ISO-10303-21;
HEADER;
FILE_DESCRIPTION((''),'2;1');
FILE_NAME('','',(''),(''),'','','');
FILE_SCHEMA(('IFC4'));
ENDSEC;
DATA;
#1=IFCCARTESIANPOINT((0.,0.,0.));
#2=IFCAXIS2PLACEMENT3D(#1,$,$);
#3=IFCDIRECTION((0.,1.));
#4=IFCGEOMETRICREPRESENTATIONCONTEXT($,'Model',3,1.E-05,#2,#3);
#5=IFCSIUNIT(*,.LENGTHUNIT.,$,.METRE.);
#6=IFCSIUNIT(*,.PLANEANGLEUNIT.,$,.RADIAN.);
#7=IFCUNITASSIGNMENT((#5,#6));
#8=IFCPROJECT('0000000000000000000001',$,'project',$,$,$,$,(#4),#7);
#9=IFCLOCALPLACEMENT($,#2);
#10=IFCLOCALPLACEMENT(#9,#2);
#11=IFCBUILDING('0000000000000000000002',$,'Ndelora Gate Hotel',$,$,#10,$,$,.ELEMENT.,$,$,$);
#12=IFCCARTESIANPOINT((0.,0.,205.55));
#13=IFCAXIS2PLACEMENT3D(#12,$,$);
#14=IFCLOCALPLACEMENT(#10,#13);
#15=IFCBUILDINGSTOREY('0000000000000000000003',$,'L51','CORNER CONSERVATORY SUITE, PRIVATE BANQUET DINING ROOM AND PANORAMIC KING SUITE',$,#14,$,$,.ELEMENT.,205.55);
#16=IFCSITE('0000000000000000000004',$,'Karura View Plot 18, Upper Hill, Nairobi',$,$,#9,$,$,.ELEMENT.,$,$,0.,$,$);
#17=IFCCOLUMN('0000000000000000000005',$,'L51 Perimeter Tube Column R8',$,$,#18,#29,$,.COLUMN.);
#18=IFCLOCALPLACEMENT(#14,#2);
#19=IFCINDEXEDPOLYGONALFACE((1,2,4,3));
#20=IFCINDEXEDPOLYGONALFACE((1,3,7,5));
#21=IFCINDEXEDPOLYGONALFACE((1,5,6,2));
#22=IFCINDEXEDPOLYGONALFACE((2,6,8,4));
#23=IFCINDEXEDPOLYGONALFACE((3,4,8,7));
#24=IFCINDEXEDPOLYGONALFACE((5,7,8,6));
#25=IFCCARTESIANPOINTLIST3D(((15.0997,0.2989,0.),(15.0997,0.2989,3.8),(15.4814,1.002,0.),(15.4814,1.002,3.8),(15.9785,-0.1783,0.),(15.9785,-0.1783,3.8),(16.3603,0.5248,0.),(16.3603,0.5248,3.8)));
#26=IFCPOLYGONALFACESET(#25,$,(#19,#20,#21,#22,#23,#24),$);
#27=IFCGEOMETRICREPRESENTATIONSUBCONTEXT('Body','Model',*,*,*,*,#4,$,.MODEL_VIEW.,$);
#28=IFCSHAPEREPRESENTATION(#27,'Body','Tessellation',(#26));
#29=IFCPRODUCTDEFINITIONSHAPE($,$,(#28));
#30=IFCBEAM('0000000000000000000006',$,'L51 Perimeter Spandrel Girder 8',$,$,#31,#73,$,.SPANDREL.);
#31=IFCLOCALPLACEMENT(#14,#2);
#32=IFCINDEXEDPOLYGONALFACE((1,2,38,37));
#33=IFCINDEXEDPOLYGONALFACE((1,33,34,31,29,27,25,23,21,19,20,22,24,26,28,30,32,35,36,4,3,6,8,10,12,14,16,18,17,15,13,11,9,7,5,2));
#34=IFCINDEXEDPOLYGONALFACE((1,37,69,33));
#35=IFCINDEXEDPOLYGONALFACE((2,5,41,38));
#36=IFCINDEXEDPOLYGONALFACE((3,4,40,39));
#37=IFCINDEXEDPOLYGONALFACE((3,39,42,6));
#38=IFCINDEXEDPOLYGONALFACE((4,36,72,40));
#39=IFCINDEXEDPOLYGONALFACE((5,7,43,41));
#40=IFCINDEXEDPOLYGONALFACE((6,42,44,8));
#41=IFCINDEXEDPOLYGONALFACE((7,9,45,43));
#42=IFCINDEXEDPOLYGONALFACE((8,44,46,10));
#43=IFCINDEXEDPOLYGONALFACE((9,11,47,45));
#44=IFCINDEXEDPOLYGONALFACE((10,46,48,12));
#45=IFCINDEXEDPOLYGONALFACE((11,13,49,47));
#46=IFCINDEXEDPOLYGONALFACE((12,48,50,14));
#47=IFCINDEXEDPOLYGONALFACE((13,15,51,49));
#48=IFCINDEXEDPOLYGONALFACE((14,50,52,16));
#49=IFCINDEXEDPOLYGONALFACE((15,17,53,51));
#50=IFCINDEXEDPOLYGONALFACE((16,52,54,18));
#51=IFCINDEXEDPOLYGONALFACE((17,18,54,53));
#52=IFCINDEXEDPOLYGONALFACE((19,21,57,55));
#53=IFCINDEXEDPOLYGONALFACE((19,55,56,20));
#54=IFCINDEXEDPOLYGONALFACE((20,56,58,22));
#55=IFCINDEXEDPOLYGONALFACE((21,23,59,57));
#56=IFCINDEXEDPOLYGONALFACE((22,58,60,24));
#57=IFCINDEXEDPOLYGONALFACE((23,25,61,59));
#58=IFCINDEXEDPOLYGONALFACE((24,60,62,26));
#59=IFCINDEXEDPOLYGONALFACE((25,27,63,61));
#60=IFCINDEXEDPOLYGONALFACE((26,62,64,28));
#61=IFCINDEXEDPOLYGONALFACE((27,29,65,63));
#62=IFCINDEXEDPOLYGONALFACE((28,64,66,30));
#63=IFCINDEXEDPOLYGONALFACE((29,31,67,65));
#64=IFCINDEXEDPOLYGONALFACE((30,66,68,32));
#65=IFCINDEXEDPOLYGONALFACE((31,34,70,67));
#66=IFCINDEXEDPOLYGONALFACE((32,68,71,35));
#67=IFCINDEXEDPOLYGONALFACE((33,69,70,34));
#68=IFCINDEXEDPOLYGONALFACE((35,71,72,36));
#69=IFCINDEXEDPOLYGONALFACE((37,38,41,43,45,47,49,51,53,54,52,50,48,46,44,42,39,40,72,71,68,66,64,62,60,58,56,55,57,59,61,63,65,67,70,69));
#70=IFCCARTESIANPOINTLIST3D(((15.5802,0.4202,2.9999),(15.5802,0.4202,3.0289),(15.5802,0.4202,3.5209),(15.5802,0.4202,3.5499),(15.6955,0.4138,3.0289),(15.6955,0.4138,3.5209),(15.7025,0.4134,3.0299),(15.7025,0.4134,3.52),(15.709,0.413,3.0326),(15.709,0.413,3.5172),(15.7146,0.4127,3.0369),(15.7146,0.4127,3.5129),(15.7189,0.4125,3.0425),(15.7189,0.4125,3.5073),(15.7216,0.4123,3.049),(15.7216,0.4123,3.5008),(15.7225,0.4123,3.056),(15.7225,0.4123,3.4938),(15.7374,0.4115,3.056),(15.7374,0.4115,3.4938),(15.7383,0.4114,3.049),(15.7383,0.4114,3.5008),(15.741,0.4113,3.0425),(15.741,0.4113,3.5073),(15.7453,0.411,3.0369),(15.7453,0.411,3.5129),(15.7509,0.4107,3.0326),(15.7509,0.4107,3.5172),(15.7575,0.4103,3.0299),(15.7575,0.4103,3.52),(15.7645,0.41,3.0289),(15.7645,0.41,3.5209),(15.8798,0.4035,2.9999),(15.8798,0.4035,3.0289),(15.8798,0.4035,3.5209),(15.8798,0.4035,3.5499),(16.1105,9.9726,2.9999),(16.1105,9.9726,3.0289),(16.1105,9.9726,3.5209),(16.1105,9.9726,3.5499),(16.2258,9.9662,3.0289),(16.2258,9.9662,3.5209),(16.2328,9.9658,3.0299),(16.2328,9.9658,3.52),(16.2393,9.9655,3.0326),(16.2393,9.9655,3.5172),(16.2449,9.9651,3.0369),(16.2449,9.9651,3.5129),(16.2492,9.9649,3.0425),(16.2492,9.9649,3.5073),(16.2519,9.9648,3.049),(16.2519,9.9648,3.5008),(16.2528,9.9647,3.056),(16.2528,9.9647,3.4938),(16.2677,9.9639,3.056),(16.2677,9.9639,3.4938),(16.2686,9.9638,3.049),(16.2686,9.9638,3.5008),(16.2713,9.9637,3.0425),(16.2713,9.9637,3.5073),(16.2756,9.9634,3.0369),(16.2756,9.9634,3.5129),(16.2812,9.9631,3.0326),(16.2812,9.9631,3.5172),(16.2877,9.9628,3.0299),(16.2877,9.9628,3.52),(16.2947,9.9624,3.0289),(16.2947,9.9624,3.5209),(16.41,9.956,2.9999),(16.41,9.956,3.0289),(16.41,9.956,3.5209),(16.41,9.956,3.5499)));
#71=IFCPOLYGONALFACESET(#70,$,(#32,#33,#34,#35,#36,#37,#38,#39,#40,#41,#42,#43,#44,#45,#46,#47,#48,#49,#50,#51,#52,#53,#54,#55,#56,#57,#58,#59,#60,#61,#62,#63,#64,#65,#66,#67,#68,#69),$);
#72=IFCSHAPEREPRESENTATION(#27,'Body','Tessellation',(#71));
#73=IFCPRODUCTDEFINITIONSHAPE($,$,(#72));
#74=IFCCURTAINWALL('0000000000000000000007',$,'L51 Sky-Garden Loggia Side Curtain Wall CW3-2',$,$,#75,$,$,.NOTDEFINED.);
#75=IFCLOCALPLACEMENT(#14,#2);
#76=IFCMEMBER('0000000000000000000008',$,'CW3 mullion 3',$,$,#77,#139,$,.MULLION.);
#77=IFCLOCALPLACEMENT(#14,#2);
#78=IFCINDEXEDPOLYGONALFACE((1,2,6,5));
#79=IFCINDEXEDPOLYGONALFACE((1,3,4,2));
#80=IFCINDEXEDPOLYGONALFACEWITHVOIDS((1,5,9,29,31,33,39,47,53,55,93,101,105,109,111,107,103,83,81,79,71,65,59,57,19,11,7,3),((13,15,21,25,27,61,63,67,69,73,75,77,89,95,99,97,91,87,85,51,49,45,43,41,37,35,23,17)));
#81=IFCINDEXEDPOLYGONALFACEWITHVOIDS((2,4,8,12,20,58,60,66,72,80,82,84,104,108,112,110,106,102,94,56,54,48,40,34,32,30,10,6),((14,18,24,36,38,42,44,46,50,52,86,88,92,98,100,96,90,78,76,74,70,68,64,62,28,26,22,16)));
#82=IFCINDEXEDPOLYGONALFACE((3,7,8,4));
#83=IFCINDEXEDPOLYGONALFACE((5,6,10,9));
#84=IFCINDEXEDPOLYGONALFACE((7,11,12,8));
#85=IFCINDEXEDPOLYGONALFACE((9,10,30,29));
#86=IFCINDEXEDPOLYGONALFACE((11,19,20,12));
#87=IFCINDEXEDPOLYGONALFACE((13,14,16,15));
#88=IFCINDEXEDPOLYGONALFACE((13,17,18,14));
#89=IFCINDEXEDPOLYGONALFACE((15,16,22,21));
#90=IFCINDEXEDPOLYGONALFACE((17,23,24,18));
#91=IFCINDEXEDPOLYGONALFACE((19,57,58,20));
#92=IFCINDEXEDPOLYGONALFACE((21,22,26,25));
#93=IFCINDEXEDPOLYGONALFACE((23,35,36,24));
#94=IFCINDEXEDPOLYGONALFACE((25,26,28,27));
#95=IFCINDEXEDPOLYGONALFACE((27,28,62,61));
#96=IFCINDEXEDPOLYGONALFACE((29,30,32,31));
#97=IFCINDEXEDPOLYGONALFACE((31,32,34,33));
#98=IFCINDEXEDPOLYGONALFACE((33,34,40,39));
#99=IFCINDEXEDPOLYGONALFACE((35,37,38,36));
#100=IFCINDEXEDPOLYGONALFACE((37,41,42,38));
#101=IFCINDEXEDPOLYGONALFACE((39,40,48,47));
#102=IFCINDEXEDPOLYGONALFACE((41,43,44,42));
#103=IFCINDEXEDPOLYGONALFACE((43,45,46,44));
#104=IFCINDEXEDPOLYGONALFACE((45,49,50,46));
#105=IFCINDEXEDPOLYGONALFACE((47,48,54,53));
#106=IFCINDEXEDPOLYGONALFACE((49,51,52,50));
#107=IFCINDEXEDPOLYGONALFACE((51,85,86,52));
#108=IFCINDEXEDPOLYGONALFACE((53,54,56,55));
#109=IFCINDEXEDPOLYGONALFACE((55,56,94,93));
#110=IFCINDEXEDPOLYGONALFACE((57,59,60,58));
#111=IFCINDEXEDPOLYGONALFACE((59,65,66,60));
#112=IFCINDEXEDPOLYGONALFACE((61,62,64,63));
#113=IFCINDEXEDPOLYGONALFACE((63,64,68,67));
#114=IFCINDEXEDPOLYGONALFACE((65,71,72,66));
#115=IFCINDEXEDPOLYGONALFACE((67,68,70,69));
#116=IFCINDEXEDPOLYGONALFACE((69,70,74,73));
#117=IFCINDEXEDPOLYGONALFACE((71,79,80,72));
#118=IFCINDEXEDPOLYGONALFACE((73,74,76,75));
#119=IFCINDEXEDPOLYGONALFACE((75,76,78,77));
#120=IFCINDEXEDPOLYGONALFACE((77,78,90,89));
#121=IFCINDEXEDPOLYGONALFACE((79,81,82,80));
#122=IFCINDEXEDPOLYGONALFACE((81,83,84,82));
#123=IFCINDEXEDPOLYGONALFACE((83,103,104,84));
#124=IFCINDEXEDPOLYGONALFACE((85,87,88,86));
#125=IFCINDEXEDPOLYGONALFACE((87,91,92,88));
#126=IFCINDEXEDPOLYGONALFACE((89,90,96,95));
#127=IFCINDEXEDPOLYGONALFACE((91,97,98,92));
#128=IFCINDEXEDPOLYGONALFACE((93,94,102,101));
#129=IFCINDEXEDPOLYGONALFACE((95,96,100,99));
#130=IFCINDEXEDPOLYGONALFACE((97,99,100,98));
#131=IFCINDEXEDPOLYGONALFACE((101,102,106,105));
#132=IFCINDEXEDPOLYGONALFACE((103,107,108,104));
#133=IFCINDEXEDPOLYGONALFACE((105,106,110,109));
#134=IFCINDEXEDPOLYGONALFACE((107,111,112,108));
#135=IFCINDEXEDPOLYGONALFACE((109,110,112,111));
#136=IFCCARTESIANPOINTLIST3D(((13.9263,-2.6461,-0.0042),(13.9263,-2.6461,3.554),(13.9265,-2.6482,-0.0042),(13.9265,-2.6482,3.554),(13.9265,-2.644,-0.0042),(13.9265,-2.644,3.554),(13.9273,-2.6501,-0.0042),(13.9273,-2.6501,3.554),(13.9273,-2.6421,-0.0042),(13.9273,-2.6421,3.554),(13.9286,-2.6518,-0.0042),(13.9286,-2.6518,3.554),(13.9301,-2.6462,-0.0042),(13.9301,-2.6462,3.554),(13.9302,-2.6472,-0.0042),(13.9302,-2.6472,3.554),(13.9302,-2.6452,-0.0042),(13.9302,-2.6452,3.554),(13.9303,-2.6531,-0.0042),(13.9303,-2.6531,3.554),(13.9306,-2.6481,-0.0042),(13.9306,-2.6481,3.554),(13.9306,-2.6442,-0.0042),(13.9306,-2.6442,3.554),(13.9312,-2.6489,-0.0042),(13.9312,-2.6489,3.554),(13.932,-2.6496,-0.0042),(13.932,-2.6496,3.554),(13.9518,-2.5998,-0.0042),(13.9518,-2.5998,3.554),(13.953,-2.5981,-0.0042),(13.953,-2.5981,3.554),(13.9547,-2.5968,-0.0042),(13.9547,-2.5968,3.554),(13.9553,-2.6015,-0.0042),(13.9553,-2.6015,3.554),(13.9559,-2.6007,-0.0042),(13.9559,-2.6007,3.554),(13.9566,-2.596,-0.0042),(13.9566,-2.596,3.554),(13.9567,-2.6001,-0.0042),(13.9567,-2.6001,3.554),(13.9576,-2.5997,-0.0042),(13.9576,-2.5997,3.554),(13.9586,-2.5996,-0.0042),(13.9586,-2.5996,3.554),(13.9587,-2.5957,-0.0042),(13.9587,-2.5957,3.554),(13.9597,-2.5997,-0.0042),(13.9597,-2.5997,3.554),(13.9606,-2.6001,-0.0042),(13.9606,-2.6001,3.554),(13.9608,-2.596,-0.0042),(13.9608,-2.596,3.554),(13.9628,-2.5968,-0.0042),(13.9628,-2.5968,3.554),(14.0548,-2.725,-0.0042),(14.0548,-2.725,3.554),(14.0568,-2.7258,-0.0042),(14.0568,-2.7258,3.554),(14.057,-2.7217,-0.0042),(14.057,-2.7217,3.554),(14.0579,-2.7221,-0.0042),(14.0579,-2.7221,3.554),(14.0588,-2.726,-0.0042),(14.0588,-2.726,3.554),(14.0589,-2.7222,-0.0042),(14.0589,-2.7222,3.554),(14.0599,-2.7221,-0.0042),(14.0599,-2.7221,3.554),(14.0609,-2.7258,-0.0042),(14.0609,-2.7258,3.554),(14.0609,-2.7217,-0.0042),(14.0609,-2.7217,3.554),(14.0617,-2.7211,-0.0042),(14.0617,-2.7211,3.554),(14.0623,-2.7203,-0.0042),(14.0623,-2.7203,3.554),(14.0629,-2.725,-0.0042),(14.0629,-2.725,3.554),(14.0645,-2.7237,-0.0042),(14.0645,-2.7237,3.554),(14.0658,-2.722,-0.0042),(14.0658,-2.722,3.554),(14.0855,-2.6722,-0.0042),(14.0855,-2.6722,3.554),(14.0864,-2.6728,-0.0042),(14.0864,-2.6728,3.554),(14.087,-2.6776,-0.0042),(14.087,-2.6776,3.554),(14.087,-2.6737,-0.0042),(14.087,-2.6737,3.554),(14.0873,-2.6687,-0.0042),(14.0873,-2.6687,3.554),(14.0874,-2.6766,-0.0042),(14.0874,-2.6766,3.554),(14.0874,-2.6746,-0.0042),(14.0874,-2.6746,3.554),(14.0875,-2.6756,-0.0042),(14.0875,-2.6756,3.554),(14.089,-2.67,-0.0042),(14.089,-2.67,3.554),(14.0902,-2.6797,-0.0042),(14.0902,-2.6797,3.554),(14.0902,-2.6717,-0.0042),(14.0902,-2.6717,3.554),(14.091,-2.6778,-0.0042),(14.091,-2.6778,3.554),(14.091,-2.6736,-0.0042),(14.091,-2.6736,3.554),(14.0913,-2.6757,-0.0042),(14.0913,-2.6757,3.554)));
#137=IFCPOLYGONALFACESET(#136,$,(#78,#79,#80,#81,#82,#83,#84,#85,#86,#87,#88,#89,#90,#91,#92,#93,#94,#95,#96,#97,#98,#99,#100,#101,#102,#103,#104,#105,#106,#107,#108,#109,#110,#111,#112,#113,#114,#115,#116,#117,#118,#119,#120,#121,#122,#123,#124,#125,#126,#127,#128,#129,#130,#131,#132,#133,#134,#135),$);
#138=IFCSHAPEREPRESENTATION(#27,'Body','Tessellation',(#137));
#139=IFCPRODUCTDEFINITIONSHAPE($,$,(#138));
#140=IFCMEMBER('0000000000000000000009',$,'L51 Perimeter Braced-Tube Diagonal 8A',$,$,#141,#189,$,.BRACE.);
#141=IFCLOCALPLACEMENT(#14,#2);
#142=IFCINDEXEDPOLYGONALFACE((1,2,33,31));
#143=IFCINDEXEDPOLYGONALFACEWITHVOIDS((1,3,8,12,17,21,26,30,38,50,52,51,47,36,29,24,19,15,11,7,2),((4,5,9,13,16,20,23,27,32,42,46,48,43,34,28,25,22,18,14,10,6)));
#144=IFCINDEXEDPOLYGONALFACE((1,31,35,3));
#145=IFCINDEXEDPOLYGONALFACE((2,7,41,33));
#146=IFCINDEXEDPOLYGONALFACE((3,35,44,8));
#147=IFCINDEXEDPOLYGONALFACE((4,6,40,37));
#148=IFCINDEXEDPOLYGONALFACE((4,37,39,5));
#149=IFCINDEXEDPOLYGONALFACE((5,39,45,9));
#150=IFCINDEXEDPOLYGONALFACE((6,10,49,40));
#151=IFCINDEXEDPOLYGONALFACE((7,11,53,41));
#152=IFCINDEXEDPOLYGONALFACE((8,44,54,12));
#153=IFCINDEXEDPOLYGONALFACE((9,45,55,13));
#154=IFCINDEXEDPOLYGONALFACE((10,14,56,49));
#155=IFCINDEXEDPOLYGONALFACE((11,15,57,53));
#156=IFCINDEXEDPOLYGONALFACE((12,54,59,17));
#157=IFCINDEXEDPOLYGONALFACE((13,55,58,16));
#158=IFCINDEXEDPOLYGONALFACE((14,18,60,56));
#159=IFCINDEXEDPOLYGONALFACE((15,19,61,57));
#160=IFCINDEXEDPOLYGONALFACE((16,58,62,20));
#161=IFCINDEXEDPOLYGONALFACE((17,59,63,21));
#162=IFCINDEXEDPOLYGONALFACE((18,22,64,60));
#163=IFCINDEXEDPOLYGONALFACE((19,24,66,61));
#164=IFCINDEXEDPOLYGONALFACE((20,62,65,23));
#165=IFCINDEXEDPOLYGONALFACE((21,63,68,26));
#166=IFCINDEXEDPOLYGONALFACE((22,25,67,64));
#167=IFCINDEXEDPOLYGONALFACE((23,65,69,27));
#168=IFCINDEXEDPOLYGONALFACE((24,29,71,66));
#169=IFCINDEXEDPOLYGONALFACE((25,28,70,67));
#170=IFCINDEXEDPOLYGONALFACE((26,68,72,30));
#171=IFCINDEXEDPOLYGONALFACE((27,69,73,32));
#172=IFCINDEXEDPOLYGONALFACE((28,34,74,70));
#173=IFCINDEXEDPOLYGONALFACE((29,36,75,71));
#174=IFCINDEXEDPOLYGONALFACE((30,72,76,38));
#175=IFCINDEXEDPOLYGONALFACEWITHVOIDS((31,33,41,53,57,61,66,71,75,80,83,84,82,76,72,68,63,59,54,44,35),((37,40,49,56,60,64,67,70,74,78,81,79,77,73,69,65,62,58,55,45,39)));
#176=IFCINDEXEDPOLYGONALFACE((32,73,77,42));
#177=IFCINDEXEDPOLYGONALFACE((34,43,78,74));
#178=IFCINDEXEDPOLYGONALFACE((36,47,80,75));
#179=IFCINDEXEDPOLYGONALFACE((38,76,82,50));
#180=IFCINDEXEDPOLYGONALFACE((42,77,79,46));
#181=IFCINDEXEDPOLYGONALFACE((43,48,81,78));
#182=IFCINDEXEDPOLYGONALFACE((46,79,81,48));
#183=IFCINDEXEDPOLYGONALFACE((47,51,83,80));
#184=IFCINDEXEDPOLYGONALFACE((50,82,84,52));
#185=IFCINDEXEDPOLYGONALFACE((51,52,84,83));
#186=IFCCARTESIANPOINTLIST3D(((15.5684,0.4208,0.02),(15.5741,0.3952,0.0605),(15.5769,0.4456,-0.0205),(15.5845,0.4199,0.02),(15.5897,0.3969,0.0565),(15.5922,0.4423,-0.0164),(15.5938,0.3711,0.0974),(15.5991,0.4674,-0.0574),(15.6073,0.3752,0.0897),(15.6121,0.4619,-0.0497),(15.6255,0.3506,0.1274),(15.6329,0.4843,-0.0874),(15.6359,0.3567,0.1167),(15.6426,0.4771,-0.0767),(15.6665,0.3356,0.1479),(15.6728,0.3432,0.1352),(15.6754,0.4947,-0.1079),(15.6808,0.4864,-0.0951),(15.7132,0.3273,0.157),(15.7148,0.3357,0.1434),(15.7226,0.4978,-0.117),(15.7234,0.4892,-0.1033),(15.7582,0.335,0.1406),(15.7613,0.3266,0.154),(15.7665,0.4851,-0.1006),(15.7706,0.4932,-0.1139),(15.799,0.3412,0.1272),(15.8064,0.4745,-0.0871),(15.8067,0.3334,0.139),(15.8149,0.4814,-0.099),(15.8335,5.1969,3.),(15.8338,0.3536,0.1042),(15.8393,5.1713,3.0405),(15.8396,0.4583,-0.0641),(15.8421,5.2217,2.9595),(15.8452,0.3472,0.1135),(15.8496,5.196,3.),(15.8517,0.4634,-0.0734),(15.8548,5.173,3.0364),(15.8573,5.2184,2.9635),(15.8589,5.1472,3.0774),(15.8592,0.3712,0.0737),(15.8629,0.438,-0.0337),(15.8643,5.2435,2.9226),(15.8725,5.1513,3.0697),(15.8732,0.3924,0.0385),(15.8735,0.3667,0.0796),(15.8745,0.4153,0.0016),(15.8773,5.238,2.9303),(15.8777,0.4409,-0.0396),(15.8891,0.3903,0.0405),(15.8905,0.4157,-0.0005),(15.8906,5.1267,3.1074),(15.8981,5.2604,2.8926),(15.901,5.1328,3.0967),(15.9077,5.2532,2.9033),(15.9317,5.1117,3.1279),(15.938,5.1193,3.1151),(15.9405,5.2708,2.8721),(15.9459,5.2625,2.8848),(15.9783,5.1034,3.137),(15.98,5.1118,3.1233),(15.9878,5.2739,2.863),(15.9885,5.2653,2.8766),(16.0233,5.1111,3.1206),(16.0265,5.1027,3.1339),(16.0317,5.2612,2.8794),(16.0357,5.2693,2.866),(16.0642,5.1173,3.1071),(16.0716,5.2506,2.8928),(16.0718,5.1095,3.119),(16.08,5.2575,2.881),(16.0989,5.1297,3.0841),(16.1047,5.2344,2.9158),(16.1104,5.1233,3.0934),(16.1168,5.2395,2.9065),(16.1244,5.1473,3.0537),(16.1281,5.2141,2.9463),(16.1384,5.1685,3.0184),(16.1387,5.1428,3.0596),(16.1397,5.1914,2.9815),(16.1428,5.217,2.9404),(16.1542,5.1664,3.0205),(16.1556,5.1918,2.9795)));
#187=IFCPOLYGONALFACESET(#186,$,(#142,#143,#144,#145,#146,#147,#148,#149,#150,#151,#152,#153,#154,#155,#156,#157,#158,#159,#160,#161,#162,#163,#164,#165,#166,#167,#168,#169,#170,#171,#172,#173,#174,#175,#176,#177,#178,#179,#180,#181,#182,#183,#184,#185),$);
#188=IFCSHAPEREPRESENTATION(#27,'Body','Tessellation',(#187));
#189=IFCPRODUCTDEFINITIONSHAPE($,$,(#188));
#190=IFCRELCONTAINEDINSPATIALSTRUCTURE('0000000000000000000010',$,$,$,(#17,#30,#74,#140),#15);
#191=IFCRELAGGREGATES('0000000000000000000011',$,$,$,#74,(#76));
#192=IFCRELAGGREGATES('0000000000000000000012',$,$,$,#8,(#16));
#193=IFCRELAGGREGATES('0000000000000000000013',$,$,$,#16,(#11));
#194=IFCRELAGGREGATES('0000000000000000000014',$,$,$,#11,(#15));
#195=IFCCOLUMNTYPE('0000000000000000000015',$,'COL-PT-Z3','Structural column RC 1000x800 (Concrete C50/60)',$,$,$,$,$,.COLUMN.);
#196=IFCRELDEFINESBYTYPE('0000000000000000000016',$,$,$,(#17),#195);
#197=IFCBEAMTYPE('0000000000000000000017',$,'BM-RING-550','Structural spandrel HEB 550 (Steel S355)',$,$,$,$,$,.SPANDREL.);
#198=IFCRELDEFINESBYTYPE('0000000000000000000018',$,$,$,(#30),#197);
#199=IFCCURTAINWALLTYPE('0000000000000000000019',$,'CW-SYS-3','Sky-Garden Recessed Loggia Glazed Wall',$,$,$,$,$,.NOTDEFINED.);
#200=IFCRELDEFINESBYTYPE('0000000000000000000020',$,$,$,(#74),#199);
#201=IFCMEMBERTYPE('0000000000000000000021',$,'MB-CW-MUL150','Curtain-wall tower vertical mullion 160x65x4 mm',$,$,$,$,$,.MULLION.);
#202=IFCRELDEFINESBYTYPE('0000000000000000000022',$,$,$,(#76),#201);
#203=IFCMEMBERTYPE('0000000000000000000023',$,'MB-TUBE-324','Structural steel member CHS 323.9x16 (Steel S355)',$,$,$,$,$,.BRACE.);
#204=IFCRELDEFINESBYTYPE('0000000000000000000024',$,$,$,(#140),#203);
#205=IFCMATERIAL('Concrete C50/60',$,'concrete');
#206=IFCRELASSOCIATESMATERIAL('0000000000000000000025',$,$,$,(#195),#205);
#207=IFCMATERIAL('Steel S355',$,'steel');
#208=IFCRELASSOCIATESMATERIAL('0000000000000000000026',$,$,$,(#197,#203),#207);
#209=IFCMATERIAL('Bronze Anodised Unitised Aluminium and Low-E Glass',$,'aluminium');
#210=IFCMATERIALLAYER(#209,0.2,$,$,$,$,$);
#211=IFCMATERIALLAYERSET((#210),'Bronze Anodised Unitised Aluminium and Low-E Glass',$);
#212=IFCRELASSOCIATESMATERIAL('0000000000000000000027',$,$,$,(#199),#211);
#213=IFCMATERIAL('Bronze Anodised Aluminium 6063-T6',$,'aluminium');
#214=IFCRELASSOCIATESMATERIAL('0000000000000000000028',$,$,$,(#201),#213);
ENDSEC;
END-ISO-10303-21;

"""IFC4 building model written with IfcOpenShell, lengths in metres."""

from ifc_helpers import new_model, si_unit, direction, frame, origin, origin_2d, place, context, subcontext, project, spatial, rectangle, hollow_rectangle, hollow_circle, i_section, extrude, material, layer, layer_set, material_profile, profile_set, type_object, element, aggregate, save


model = new_model("IFC4")

# Units and contexts
model_context = context("Model", 3, precision=1e-05, world=origin(), true_north=direction((0.0, 1.0)))
body_context = subcontext(model_context, "Body", "Model", "MODEL_VIEW")
ifc_project = project(units=[si_unit("LENGTHUNIT", "METRE"), si_unit("PLANEANGLEUNIT", "RADIAN")], contexts=[model_context])

# Site, building, storey
site_placement = place(None, origin())
site = spatial("IfcSite", under=ifc_project, at=site_placement, Name="Karura View Plot 18, Upper Hill, Nairobi", CompositionType="ELEMENT", RefElevation=0.0)
building_placement = place(site_placement, origin())
building = spatial("IfcBuilding", under=site, at=building_placement, Name="Ndelora Gate Hotel", CompositionType="ELEMENT")
storey_placement = place(building_placement, frame((0.0, 0.0, 205.55)))
storey = spatial("IfcBuildingStorey", under=building, at=storey_placement, Name="L51", Description="CORNER CONSERVATORY SUITE, PRIVATE BANQUET DINING ROOM AND PANORAMIC KING SUITE", CompositionType="ELEMENT", Elevation=205.55)

# Column
ifc_material_1 = material(Name="Concrete C50/60", Category="concrete")
ifc_material_profile_1 = material_profile(ifc_material_1, rectangle(XDim=0.8, YDim=1.0, at=origin_2d()), Name="RC 1000x800")
ifc_profile_set_1 = profile_set([ifc_material_profile_1], Name="Concrete C50/60")
column_type = type_object("IfcColumnType", Name="COL-PT-Z3", Description="Structural column RC 1000x800 (Concrete C50/60)", PredefinedType="COLUMN", material=ifc_profile_set_1)
column_placement = place(storey_placement, frame((15.73, 0.4119, 0.0), z_axis=(0.0, 0.0, 1.0), x_axis=(0.477159, 0.878817, 0.0)))
element("IfcColumn", 1, at=column_placement, inside=storey, type_object=column_type, Name="L51 Perimeter Tube Column R8", PredefinedType="COLUMN", context=body_context, shape_type="SweptSolid", body=[
    extrude(rectangle(XDim=0.8, YDim=1.0, at=origin_2d()), origin(), (0.0, 0.0, 1.0), 3.8),
])

# Beam
ifc_material_2 = material(Name="Steel S355", Category="steel")
ifc_material_profile_2 = material_profile(ifc_material_2, i_section(OverallWidth=0.3, OverallDepth=0.55, WebThickness=0.0149, FlangeThickness=0.0291, FilletRadius=0.0271, at=origin_2d()), Name="HEB 550")
ifc_profile_set_2 = profile_set([ifc_material_profile_2], Name="Steel S355")
beam_type = type_object("IfcBeamType", Name="BM-RING-550", Description="Structural spandrel HEB 550 (Steel S355)", PredefinedType="SPANDREL", material=ifc_profile_set_2)
beam_placement = place(storey_placement, frame((15.73, 0.4119, 3.2749), z_axis=(0.055426, 0.998463, 0.0), x_axis=(-0.998463, 0.055426, 0.0)))
element("IfcBeam", 2, at=beam_placement, inside=storey, type_object=beam_type, Name="L51 Perimeter Spandrel Girder 8", PredefinedType="SPANDREL", context=body_context, shape_type="SweptSolid", body=[
    extrude(i_section(OverallWidth=0.3, OverallDepth=0.55, WebThickness=0.0149, FlangeThickness=0.0291, FilletRadius=0.0271, at=origin_2d()), origin(), (0.0, 0.0, 1.0), 9.5671),
])

# Curtain wall, member
ifc_material_3 = material(Name="Bronze Anodised Unitised Aluminium and Low-E Glass", Category="aluminium")
ifc_layer_1 = layer(ifc_material_3, 0.2)
ifc_layer_set_1 = layer_set([ifc_layer_1], Name="Bronze Anodised Unitised Aluminium and Low-E Glass")
curtain_wall_type = type_object("IfcCurtainWallType", Name="CW-SYS-3", Description="Sky-Garden Recessed Loggia Glazed Wall", PredefinedType="NOTDEFINED", material=ifc_layer_set_1)
curtain_wall_placement = place(storey_placement, origin())
curtain_wall = element("IfcCurtainWall", 3, at=curtain_wall_placement, inside=storey, type_object=curtain_wall_type, Name="L51 Sky-Garden Loggia Side Curtain Wall CW3-2", PredefinedType="NOTDEFINED")
ifc_material_4 = material(Name="Bronze Anodised Aluminium 6063-T6", Category="aluminium")
ifc_material_profile_3 = material_profile(ifc_material_4, hollow_rectangle(XDim=0.0649, YDim=0.1599, WallThickness=0.0039, InnerFilletRadius=0.0039, OuterFilletRadius=0.0081, at=origin_2d()), Name="ALU 160x65x4")
ifc_profile_set_3 = profile_set([ifc_material_profile_3], Name="Bronze Anodised Aluminium 6063-T6")
member_type_1 = type_object("IfcMemberType", Name="MB-CW-MUL150", Description="Curtain-wall tower vertical mullion 160x65x4 mm", PredefinedType="MULLION", material=ifc_profile_set_3)
member_1_placement = place(storey_placement, frame((14.0088, -2.6609, -0.0042), z_axis=(0.0, 0.0, 1.0), x_axis=(-0.499991, -0.86603, 0.0)))
member_1 = element("IfcMember", 4, at=member_1_placement, type_object=member_type_1, Name="CW3 mullion 3", PredefinedType="MULLION", context=body_context, shape_type="SweptSolid", body=[
    extrude(hollow_rectangle(XDim=0.0649, YDim=0.1599, WallThickness=0.0039, InnerFilletRadius=0.0039, OuterFilletRadius=0.0081, at=origin_2d()), origin(), (0.0, 0.0, 1.0), 3.5581),
])

# Member
ifc_material_profile_4 = material_profile(ifc_material_2, hollow_circle(Radius=0.1619, WallThickness=0.0161, at=origin_2d()), Name="CHS 323.9x16")
ifc_profile_set_4 = profile_set([ifc_material_profile_4], Name="Steel S355")
member_type_2 = type_object("IfcMemberType", Name="MB-TUBE-324", Description="Structural steel member CHS 323.9x16 (Steel S355)", PredefinedType="BRACE", material=ifc_profile_set_4)
member_2_placement = place(storey_placement, frame((15.73, 0.4119, 0.02), z_axis=(0.047045, 0.847466, 0.528762), x_axis=(-0.998463, 0.055428, 0.0)))
element("IfcMember", 5, at=member_2_placement, inside=storey, type_object=member_type_2, Name="L51 Perimeter Braced-Tube Diagonal 8A", PredefinedType="BRACE", context=body_context, shape_type="SweptSolid", body=[
    extrude(hollow_circle(Radius=0.1619, WallThickness=0.0161, at=origin_2d()), origin(), (0.0, 0.0, 1.0), 5.6357),
])

aggregate(curtain_wall, [member_1])

save(model, "model.ifc")
